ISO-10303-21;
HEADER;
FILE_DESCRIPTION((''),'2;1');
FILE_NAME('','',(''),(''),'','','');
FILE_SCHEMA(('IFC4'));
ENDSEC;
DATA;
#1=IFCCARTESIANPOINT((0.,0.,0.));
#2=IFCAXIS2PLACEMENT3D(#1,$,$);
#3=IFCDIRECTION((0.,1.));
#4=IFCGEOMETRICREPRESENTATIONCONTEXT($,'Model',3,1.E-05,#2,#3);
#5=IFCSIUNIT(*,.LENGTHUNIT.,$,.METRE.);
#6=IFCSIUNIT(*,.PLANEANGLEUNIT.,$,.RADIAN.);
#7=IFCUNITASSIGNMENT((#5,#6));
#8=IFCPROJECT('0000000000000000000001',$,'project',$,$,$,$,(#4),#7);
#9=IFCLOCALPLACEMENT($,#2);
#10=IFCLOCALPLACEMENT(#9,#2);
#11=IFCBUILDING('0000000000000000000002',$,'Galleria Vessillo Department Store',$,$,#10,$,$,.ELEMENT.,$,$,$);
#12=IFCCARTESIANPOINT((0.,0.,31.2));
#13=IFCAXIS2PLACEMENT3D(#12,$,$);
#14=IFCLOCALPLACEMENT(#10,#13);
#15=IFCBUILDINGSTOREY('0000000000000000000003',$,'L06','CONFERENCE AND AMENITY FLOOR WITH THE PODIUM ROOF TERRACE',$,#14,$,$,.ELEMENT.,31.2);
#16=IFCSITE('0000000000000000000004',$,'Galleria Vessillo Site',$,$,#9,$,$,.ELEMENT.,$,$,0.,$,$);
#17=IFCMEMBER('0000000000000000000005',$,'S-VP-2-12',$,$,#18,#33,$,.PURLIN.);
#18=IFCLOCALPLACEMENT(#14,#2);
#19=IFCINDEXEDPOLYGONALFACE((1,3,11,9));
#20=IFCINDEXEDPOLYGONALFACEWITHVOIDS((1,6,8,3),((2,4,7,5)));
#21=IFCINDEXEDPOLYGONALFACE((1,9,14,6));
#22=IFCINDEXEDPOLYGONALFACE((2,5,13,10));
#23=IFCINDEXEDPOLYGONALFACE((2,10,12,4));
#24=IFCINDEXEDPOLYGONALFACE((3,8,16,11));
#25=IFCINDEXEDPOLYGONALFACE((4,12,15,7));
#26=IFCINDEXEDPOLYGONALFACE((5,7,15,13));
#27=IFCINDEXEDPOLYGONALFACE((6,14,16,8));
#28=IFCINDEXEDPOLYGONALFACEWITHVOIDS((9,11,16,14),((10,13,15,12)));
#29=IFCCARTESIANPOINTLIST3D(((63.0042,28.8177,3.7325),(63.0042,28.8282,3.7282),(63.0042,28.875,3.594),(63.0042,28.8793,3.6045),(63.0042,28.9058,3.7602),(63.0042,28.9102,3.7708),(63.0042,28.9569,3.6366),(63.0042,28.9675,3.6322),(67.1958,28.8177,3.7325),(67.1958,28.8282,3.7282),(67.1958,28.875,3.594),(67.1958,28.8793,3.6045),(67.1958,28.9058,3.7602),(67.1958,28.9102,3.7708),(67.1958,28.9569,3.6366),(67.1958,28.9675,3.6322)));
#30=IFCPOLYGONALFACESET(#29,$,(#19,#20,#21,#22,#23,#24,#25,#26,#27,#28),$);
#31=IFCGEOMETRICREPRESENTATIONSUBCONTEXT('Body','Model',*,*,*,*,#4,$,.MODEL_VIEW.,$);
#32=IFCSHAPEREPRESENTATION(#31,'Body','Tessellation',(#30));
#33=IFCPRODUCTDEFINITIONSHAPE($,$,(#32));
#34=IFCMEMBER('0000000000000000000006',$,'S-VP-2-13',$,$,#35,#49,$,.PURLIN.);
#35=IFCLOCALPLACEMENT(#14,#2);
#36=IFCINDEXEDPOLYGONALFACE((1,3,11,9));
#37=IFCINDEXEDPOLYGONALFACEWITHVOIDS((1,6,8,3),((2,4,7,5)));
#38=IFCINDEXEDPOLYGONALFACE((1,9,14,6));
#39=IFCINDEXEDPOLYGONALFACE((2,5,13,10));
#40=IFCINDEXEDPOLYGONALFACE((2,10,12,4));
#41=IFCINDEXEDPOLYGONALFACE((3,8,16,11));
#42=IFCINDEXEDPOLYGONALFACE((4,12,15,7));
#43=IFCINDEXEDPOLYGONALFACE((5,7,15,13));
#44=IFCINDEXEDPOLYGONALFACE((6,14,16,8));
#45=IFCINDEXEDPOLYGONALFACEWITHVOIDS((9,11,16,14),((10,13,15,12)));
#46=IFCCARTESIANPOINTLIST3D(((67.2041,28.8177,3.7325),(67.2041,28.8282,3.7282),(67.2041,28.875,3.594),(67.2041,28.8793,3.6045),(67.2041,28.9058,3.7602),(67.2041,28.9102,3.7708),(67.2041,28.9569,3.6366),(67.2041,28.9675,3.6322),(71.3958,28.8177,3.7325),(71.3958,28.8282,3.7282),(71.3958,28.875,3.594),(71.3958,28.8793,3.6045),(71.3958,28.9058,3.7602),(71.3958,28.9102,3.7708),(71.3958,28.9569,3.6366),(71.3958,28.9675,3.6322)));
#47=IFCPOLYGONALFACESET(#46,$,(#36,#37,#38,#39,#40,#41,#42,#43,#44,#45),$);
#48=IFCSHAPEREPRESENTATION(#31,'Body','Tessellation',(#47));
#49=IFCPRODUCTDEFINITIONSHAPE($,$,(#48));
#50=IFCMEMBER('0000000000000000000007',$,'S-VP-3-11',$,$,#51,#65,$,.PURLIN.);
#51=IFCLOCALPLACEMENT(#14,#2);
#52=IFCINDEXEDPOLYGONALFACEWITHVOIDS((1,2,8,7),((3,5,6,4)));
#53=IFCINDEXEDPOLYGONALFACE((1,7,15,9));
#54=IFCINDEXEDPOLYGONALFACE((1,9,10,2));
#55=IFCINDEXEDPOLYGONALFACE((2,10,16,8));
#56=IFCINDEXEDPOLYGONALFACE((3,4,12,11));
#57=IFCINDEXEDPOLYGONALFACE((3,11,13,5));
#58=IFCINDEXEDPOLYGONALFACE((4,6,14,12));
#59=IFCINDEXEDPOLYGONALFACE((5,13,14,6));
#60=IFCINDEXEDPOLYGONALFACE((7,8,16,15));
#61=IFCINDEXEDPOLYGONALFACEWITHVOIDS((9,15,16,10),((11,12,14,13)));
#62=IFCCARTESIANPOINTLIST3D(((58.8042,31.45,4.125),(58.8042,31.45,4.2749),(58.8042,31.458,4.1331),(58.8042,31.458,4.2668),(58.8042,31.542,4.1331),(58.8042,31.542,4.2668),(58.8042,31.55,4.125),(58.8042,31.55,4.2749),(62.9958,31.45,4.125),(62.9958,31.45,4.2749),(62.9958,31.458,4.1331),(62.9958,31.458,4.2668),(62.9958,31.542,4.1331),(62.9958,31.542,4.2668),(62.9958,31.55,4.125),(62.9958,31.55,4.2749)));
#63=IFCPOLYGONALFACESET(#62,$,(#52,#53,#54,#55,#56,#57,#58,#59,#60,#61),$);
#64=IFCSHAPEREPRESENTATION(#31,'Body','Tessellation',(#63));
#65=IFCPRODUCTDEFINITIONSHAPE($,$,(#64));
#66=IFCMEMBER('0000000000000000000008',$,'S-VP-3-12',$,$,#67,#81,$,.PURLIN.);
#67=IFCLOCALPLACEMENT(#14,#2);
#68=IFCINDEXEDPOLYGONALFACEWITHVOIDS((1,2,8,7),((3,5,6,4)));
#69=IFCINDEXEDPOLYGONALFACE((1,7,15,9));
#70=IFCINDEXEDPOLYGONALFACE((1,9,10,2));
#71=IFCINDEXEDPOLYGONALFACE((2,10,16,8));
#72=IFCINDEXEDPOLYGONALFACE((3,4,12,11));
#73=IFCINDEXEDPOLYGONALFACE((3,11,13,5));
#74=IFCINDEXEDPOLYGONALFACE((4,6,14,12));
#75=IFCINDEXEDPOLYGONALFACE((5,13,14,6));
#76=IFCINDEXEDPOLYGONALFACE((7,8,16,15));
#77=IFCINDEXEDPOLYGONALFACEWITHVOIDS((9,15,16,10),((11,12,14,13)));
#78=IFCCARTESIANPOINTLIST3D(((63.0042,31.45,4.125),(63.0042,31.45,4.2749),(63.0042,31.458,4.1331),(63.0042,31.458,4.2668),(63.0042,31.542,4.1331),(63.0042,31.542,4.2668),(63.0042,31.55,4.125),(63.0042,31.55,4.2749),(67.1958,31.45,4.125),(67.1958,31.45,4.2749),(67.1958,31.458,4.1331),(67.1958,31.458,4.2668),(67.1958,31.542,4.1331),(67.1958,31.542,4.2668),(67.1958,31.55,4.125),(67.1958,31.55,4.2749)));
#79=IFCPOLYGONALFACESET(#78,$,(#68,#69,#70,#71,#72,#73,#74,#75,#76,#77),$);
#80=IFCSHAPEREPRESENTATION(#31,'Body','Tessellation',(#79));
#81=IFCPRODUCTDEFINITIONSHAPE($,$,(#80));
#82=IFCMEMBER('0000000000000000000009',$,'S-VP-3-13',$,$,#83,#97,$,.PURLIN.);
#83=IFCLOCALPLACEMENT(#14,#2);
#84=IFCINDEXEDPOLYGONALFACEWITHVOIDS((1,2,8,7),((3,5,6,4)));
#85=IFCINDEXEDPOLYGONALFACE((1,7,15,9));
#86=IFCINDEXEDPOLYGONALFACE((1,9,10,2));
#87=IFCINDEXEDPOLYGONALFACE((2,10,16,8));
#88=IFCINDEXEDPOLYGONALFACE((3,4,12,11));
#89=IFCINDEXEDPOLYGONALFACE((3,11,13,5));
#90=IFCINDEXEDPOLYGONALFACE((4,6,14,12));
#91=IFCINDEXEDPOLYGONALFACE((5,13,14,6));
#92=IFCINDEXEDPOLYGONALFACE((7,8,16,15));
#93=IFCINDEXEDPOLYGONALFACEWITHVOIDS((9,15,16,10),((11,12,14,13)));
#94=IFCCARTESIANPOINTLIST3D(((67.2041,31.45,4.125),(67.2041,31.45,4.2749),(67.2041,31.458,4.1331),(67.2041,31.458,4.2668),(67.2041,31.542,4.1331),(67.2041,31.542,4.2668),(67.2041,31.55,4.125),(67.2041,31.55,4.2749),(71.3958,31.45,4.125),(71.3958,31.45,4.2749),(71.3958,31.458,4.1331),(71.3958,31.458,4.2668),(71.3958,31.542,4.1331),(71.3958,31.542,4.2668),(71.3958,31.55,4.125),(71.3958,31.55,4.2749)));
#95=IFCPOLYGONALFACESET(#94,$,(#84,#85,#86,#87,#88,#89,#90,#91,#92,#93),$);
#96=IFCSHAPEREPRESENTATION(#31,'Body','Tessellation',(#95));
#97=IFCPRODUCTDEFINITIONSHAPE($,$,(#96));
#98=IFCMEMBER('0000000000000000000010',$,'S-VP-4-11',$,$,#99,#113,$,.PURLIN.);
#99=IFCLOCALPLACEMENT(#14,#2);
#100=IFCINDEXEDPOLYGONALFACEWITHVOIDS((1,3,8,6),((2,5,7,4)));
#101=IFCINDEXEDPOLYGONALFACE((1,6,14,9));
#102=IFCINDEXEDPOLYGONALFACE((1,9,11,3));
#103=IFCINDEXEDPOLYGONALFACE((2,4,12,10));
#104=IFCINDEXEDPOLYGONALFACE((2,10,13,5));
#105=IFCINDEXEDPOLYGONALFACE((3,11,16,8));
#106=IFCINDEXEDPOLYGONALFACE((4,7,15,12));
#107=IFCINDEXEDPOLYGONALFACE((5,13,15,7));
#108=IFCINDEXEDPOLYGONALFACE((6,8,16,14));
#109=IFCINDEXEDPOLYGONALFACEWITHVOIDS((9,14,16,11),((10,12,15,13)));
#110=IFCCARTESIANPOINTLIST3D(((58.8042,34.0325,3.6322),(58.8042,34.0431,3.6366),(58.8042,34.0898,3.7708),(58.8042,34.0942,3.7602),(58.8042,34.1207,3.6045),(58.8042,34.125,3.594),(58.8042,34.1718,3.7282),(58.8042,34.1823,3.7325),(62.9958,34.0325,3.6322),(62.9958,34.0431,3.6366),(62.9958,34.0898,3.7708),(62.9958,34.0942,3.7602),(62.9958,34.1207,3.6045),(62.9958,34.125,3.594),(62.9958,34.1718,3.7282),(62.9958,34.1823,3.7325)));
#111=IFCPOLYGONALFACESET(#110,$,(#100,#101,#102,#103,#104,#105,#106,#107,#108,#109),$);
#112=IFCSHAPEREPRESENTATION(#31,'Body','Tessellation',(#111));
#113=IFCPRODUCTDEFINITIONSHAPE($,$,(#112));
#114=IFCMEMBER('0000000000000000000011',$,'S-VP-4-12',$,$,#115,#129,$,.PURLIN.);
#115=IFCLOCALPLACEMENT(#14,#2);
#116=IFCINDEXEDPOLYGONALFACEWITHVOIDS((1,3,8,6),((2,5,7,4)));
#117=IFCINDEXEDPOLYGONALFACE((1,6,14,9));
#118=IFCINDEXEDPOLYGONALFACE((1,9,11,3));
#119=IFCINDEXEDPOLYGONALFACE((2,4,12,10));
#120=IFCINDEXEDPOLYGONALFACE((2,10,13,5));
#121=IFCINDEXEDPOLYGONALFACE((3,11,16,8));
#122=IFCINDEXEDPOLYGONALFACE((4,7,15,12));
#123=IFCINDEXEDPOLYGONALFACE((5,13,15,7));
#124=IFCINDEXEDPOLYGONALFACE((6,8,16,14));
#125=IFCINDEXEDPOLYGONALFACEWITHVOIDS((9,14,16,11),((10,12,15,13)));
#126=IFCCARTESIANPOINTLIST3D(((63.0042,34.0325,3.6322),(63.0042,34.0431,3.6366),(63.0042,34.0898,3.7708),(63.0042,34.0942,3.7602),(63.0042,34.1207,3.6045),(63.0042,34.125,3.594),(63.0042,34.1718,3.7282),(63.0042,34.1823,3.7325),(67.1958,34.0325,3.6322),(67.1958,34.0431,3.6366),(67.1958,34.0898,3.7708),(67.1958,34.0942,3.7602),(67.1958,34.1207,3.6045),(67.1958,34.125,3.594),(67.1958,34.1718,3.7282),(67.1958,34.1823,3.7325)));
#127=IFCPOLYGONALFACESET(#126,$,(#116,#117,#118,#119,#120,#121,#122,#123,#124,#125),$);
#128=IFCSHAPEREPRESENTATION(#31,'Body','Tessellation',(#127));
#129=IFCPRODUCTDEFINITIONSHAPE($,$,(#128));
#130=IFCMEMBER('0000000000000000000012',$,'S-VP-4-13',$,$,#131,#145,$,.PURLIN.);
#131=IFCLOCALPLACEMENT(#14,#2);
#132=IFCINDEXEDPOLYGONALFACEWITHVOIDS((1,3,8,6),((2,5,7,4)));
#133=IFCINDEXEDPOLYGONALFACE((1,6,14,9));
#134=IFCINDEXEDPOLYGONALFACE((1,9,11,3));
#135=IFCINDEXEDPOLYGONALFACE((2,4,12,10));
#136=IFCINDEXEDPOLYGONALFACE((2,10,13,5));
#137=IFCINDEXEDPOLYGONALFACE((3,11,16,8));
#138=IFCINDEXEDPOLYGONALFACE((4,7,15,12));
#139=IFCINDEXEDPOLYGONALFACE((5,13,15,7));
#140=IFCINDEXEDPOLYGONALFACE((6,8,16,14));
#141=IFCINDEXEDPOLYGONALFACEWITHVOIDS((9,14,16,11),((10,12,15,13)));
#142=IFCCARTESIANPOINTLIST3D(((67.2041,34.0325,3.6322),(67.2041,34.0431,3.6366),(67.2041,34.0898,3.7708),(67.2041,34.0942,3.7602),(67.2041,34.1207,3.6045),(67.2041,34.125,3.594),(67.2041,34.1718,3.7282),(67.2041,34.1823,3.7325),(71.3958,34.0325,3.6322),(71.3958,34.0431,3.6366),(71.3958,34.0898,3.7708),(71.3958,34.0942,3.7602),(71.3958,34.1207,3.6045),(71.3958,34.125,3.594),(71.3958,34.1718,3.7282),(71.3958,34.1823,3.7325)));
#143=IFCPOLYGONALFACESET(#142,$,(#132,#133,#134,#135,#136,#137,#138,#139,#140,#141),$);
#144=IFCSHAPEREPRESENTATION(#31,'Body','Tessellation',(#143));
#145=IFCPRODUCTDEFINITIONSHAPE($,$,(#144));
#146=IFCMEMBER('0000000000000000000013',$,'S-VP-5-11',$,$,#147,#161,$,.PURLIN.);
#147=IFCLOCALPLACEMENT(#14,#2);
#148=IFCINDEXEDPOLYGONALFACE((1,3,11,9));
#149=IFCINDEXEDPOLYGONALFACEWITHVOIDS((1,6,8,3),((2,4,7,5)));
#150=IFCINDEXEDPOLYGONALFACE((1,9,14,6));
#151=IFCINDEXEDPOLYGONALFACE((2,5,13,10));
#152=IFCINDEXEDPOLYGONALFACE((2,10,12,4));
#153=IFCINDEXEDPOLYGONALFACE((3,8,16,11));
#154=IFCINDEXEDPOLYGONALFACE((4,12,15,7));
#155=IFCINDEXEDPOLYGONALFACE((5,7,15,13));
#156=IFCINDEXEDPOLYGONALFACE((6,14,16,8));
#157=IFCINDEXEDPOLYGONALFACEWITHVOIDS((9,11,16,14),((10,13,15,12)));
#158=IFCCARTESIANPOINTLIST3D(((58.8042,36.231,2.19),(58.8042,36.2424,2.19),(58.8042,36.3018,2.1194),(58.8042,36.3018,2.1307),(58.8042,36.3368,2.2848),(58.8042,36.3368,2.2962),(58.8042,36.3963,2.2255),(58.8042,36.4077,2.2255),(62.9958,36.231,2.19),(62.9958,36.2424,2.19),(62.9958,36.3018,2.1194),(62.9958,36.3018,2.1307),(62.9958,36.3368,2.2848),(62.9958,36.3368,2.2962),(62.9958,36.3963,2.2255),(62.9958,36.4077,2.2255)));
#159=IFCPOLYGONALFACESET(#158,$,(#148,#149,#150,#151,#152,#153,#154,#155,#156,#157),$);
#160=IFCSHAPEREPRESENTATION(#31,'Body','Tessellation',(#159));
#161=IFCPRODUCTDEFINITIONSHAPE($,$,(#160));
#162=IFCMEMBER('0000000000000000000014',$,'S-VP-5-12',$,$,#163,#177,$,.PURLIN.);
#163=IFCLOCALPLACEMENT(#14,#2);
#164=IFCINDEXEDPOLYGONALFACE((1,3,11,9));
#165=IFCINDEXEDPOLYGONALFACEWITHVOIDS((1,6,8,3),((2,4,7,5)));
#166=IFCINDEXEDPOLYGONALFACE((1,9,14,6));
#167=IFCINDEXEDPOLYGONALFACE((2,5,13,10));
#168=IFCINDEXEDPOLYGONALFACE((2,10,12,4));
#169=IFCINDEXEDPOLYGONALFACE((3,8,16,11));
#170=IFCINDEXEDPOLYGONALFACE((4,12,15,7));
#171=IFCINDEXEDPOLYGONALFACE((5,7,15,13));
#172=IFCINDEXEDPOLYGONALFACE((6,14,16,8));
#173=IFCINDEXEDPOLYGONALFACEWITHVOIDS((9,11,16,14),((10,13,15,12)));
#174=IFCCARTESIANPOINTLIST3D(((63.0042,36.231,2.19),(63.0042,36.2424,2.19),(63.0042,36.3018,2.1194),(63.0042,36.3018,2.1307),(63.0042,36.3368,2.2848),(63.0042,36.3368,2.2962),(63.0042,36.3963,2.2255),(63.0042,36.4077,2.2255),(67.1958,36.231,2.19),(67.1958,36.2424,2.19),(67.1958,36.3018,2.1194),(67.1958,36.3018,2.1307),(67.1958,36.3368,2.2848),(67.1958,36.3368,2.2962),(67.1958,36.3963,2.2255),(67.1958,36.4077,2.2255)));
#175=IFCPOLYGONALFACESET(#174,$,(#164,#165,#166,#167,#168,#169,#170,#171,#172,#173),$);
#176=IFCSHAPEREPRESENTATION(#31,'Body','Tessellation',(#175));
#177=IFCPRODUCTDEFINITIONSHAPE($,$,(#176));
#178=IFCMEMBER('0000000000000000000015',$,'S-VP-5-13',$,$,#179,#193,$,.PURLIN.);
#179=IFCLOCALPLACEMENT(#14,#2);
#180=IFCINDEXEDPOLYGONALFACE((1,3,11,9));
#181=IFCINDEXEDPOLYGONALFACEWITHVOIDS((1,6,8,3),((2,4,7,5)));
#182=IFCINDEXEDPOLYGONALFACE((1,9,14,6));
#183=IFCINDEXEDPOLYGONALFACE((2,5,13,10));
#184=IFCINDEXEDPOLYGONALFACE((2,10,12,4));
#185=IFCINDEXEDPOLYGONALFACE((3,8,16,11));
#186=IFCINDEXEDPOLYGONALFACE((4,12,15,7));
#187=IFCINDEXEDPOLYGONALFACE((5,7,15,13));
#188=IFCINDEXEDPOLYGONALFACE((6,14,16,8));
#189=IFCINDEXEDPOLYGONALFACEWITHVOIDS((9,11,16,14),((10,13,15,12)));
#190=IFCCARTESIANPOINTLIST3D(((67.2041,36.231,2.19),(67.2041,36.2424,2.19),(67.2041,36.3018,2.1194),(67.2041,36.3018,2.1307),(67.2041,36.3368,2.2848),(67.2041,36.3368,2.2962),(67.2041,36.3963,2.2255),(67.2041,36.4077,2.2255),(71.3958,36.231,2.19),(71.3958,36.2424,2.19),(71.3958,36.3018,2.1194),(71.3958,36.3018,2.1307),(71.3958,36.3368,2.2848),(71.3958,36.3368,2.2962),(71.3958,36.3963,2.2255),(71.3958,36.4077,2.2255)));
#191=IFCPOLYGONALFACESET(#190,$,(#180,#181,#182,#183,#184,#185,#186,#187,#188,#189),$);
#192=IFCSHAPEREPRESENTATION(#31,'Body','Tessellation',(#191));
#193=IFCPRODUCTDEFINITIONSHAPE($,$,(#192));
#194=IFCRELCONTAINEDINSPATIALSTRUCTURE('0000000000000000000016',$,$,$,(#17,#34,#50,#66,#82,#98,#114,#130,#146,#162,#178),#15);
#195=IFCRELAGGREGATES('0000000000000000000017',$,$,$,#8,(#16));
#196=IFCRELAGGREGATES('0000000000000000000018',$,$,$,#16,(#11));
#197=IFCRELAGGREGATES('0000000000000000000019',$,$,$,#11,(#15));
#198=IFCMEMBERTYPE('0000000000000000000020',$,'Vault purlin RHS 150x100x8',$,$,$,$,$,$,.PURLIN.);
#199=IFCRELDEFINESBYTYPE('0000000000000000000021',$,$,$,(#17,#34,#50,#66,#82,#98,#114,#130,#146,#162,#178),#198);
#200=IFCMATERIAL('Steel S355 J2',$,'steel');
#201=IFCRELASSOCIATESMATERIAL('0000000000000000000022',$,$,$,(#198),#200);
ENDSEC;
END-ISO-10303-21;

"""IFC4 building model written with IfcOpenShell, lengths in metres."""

from ifc_helpers import new_model, si_unit, direction, frame, origin, origin_2d, place, context, subcontext, project, spatial, hollow_rectangle, extrude, material, material_profile, profile_set, type_object, element, save


model = new_model("IFC4")

# Units and contexts
model_context = context("Model", 3, precision=1e-05, world=origin(), true_north=direction((0.0, 1.0)))
body_context = subcontext(model_context, "Body", "Model", "MODEL_VIEW")
ifc_project = project(units=[si_unit("LENGTHUNIT", "METRE"), si_unit("PLANEANGLEUNIT", "RADIAN")], contexts=[model_context])

# Site, building, storey
site_placement = place(None, origin())
site = spatial("IfcSite", under=ifc_project, at=site_placement, Name="Galleria Vessillo Site", CompositionType="ELEMENT", RefElevation=0.0)
building_placement = place(site_placement, origin())
building = spatial("IfcBuilding", under=site, at=building_placement, Name="Galleria Vessillo Department Store", CompositionType="ELEMENT")
storey_placement = place(building_placement, frame((0.0, 0.0, 31.2)))
storey = spatial("IfcBuildingStorey", under=building, at=storey_placement, Name="L06", Description="CONFERENCE AND AMENITY FLOOR WITH THE PODIUM ROOF TERRACE", CompositionType="ELEMENT", Elevation=31.2)

# Members
ifc_material_1 = material(Name="Steel S355 J2", Category="steel")
ifc_material_profile_1 = material_profile(ifc_material_1, hollow_rectangle(XDim=0.1001, YDim=0.1499, WallThickness=0.0081, at=origin_2d()), Name="RHS 150x100x8")
ifc_profile_set_1 = profile_set([ifc_material_profile_1], Name="Steel S355 J2")
member_type_1 = type_object("IfcMemberType", Name="Vault purlin RHS 150x100x8", PredefinedType="PURLIN", material=ifc_profile_set_1)
for number, where, z_axis, x_axis, name in (
    (1, (63.0042, 28.8926, 3.6824), (1.0, 0.0, 0.0), (0.0, 0.924145, 0.382043), "S-VP-2-12"),
    (2, (67.2041, 28.8926, 3.6824), (1.0, 0.0, 0.0), (0.0, 0.924145, 0.382043), "S-VP-2-13"),
    (3, (58.8042, 31.5, 4.2), (1.0, 0.0, 0.0), (0.0, 1.0, 0.0), "S-VP-3-11"),
    (4, (63.0042, 31.5, 4.2), (1.0, 0.0, 0.0), (0.0, 1.0, 0.0), "S-VP-3-12"),
    (5, (67.2041, 31.5, 4.2), (1.0, 0.0, 0.0), (0.0, 1.0, 0.0), "S-VP-3-13"),
    (6, (58.8042, 34.1074, 3.6824), (1.0, 0.0, 0.0), (0.0, 0.924145, -0.382043), "S-VP-4-11"),
    (7, (63.0042, 34.1074, 3.6824), (1.0, 0.0, 0.0), (0.0, 0.924145, -0.382043), "S-VP-4-12"),
    (8, (67.2041, 34.1074, 3.6824), (1.0, 0.0, 0.0), (0.0, 0.924145, -0.382043), "S-VP-4-13"),
    (9, (58.8042, 36.3193, 2.2078), (1.0, 0.0, 0.0), (0.0, 0.708077, -0.706135), "S-VP-5-11"),
    (10, (63.0042, 36.3193, 2.2078), (1.0, 0.0, 0.0), (0.0, 0.708077, -0.706135), "S-VP-5-12"),
    (11, (67.2041, 36.3193, 2.2078), (1.0, 0.0, 0.0), (0.0, 0.708077, -0.706135), "S-VP-5-13"),
):
    element("IfcMember", number, at=place(storey_placement, frame(where, z_axis=z_axis, x_axis=x_axis)), inside=storey, type_object=member_type_1, Name=name, PredefinedType="PURLIN", context=body_context, shape_type="SweptSolid", body=[
        extrude(hollow_rectangle(XDim=0.1001, YDim=0.1499, WallThickness=0.0081, at=origin_2d()), origin(), (0.0, 0.0, 1.0), 4.1917),
    ])

save(model, "model.ifc")
